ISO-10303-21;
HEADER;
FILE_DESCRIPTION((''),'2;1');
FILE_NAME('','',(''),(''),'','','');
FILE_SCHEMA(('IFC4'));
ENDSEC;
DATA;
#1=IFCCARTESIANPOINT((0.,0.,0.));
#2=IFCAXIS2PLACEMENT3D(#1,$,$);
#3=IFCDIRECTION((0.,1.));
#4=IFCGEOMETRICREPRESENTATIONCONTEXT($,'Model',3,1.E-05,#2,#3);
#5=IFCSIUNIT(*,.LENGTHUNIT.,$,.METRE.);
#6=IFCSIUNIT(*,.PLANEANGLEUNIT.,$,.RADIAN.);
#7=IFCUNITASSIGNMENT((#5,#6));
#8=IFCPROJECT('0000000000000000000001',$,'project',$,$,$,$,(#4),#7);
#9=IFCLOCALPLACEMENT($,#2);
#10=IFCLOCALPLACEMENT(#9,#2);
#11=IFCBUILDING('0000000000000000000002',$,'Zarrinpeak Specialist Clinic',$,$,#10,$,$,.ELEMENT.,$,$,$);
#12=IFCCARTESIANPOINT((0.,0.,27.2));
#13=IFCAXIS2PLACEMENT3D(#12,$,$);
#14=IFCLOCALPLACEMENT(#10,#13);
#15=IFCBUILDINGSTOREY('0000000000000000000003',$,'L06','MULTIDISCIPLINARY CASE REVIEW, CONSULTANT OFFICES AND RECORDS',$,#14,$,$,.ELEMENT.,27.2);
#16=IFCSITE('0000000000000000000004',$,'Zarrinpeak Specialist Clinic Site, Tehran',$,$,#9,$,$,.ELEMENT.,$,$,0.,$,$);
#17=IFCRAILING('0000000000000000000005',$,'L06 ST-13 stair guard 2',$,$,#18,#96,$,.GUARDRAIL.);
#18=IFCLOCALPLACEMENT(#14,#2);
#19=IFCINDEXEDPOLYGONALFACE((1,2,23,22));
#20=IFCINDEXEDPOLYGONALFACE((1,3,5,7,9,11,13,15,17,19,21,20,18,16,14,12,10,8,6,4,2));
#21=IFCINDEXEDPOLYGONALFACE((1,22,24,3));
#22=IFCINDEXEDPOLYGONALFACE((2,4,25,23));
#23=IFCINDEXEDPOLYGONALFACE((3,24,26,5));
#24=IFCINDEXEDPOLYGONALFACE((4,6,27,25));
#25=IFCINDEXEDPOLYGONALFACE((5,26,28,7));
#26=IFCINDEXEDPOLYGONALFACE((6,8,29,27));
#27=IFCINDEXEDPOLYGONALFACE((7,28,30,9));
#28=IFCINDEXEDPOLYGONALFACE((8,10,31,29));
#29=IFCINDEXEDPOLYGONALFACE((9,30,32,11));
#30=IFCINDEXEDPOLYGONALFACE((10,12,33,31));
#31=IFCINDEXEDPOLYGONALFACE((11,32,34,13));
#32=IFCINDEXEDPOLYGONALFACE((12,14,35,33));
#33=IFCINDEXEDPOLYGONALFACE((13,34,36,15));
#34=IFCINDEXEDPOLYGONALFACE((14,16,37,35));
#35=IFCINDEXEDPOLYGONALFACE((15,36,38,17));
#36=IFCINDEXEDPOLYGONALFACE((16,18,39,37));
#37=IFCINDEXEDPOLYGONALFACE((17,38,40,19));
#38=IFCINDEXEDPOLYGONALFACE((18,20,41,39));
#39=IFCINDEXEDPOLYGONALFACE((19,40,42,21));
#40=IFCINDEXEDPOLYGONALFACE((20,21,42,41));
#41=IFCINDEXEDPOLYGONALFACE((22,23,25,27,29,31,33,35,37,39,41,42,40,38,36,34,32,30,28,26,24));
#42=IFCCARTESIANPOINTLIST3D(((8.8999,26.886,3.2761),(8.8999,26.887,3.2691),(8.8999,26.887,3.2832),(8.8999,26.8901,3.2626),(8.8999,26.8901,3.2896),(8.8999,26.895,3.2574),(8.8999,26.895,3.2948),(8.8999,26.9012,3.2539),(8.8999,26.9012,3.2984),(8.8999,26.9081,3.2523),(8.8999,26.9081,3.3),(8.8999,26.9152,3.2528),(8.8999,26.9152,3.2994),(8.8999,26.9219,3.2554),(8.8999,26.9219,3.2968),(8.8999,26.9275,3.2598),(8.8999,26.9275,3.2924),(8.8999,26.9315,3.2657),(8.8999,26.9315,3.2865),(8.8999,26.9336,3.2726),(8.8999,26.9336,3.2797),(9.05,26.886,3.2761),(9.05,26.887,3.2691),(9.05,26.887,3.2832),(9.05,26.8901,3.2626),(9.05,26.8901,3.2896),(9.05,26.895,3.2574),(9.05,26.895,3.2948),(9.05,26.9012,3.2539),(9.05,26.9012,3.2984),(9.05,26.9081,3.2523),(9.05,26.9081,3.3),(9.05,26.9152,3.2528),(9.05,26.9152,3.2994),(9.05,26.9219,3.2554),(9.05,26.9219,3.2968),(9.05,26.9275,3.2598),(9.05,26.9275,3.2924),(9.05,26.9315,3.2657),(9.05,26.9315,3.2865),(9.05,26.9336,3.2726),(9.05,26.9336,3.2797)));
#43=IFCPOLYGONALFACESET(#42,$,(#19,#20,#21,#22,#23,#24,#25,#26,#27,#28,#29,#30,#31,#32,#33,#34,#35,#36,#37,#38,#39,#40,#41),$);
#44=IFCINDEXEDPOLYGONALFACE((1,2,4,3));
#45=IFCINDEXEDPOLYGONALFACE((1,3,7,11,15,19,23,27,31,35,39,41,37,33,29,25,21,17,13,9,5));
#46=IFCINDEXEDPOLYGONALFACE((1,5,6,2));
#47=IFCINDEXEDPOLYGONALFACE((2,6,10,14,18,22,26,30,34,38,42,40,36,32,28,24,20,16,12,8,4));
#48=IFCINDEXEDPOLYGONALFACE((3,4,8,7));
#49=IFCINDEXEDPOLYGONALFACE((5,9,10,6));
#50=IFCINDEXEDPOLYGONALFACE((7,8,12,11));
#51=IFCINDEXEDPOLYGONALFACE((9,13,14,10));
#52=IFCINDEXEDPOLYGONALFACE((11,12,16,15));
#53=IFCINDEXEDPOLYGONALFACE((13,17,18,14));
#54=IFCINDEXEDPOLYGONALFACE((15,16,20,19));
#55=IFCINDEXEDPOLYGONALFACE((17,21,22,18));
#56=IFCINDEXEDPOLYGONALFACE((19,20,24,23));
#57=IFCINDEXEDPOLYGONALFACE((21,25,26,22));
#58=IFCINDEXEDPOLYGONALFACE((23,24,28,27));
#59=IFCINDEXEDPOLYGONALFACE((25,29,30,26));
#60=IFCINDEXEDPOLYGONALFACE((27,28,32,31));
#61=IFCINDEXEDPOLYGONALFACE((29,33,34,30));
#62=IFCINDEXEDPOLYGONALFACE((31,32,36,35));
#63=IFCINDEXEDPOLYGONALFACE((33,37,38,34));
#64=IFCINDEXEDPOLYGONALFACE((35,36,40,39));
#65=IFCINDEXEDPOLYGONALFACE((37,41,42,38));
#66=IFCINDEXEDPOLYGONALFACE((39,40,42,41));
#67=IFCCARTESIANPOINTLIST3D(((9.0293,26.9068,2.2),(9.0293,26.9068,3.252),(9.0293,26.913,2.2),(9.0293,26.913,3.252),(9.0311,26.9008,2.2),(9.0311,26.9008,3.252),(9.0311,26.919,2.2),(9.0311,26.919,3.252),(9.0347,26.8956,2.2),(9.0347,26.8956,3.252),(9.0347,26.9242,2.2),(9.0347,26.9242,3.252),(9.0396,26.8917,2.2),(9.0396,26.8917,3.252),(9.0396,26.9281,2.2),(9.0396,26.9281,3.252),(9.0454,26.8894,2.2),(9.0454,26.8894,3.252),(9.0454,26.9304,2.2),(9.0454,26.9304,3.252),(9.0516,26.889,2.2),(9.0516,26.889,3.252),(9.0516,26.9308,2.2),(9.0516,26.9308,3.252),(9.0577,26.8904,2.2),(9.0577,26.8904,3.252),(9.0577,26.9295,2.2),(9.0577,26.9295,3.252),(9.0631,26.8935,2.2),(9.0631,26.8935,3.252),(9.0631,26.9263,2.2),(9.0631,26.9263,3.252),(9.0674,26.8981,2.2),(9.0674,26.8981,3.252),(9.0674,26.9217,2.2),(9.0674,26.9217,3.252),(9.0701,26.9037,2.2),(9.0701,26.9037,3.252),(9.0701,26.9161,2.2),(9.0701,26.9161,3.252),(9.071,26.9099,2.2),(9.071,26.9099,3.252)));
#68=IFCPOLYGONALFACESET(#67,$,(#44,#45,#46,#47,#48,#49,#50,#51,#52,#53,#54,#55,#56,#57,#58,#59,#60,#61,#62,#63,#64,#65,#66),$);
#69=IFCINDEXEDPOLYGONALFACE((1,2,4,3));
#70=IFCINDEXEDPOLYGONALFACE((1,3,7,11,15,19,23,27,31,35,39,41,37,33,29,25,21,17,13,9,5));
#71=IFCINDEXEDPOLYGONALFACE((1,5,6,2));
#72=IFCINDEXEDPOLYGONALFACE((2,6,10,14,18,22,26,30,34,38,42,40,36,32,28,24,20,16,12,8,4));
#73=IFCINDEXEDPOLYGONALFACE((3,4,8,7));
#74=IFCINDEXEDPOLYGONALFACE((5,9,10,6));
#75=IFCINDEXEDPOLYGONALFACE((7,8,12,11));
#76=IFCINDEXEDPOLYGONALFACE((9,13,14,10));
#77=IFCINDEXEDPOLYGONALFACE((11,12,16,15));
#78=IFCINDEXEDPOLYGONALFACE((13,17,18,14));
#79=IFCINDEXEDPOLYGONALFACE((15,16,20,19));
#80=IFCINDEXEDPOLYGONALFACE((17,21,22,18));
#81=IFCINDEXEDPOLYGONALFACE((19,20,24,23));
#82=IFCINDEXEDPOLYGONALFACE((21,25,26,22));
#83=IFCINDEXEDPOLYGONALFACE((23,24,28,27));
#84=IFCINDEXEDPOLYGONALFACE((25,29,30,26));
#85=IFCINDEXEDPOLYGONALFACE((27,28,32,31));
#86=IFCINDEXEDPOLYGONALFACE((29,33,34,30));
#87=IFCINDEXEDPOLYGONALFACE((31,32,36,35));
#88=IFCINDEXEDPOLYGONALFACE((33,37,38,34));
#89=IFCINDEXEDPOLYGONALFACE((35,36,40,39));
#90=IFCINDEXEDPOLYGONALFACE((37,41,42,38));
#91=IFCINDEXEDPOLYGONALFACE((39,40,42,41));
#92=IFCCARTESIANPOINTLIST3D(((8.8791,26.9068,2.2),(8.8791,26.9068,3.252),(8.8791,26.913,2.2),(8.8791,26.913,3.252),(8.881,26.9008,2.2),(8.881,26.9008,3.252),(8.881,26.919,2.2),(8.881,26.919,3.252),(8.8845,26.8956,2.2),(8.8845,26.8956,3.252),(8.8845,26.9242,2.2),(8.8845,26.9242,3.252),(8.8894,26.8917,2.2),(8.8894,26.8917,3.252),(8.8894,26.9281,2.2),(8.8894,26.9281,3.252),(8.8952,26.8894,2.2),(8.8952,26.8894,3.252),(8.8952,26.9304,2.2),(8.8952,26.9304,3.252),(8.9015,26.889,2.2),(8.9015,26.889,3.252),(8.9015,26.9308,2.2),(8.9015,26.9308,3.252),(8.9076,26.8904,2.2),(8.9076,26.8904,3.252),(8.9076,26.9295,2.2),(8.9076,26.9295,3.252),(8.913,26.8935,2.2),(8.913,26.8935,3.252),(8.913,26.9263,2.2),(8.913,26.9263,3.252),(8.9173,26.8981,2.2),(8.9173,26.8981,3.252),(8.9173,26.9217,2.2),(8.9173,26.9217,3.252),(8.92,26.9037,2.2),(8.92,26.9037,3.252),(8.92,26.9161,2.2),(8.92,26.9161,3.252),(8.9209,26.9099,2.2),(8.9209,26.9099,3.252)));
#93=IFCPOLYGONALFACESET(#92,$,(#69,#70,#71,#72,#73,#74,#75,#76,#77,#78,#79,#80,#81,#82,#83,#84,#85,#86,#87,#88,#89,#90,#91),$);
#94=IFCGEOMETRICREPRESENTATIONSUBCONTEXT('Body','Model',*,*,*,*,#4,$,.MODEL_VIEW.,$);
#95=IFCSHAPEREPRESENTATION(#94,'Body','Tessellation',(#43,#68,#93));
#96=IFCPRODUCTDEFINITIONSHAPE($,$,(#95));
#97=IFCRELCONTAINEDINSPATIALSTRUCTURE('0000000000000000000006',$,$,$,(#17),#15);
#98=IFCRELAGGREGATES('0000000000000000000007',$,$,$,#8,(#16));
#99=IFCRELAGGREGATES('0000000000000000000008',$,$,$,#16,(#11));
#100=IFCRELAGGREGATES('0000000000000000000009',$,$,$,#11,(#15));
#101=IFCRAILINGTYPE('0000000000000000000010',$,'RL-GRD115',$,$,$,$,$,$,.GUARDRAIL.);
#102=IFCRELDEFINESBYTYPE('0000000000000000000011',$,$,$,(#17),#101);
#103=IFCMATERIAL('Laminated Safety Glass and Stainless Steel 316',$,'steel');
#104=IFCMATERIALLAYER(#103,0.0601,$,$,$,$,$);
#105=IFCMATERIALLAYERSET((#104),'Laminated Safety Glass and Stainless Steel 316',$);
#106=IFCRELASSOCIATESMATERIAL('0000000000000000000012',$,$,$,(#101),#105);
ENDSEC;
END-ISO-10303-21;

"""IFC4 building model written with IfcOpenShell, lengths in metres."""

from ifc_helpers import new_model, si_unit, direction, frame, origin, origin_2d, place, context, subcontext, project, spatial, circle, extrude, material, layer, layer_set, type_object, element, save


model = new_model("IFC4")

# Units and contexts
model_context = context("Model", 3, precision=1e-05, world=origin(), true_north=direction((0.0, 1.0)))
body_context = subcontext(model_context, "Body", "Model", "MODEL_VIEW")
ifc_project = project(units=[si_unit("LENGTHUNIT", "METRE"), si_unit("PLANEANGLEUNIT", "RADIAN")], contexts=[model_context])

# Site, building, storey
site_placement = place(None, origin())
site = spatial("IfcSite", under=ifc_project, at=site_placement, Name="Zarrinpeak Specialist Clinic Site, Tehran", CompositionType="ELEMENT", RefElevation=0.0)
building_placement = place(site_placement, origin())
building = spatial("IfcBuilding", under=site, at=building_placement, Name="Zarrinpeak Specialist Clinic", CompositionType="ELEMENT")
storey_placement = place(building_placement, frame((0.0, 0.0, 27.2)))
storey = spatial("IfcBuildingStorey", under=building, at=storey_placement, Name="L06", Description="MULTIDISCIPLINARY CASE REVIEW, CONSULTANT OFFICES AND RECORDS", CompositionType="ELEMENT", Elevation=27.2)

# Railing
ifc_material_1 = material(Name="Laminated Safety Glass and Stainless Steel 316", Category="steel")
ifc_layer_1 = layer(ifc_material_1, 0.0601)
ifc_layer_set_1 = layer_set([ifc_layer_1], Name="Laminated Safety Glass and Stainless Steel 316")
railing_type_1 = type_object("IfcRailingType", Name="RL-GRD115", PredefinedType="GUARDRAIL", material=ifc_layer_set_1)
railing_1_placement = place(storey_placement, frame((9.05, 26.9099, 2.2)))
element("IfcRailing", 1, at=railing_1_placement, inside=storey, type_object=railing_type_1, Name="L06 ST-13 stair guard 2", PredefinedType="GUARDRAIL", context=body_context, shape_type="SweptSolid", body=[
    extrude(circle(Radius=0.0239, at=origin_2d()), frame((0.0, 0.0, 1.0762), z_axis=(-1.0, 0.0, 0.0), x_axis=(0.0, -1.0, 0.0)), (0.0, 0.0, 1.0), 0.1501),
    extrude(circle(Radius=0.021, at=origin_2d()), origin(), (0.0, 0.0, 1.0), 1.052),
    extrude(circle(Radius=0.021, at=origin_2d()), frame((-0.1501, 0.0, 0.0)), (0.0, 0.0, 1.0), 1.052),
])

save(model, "model.ifc")
